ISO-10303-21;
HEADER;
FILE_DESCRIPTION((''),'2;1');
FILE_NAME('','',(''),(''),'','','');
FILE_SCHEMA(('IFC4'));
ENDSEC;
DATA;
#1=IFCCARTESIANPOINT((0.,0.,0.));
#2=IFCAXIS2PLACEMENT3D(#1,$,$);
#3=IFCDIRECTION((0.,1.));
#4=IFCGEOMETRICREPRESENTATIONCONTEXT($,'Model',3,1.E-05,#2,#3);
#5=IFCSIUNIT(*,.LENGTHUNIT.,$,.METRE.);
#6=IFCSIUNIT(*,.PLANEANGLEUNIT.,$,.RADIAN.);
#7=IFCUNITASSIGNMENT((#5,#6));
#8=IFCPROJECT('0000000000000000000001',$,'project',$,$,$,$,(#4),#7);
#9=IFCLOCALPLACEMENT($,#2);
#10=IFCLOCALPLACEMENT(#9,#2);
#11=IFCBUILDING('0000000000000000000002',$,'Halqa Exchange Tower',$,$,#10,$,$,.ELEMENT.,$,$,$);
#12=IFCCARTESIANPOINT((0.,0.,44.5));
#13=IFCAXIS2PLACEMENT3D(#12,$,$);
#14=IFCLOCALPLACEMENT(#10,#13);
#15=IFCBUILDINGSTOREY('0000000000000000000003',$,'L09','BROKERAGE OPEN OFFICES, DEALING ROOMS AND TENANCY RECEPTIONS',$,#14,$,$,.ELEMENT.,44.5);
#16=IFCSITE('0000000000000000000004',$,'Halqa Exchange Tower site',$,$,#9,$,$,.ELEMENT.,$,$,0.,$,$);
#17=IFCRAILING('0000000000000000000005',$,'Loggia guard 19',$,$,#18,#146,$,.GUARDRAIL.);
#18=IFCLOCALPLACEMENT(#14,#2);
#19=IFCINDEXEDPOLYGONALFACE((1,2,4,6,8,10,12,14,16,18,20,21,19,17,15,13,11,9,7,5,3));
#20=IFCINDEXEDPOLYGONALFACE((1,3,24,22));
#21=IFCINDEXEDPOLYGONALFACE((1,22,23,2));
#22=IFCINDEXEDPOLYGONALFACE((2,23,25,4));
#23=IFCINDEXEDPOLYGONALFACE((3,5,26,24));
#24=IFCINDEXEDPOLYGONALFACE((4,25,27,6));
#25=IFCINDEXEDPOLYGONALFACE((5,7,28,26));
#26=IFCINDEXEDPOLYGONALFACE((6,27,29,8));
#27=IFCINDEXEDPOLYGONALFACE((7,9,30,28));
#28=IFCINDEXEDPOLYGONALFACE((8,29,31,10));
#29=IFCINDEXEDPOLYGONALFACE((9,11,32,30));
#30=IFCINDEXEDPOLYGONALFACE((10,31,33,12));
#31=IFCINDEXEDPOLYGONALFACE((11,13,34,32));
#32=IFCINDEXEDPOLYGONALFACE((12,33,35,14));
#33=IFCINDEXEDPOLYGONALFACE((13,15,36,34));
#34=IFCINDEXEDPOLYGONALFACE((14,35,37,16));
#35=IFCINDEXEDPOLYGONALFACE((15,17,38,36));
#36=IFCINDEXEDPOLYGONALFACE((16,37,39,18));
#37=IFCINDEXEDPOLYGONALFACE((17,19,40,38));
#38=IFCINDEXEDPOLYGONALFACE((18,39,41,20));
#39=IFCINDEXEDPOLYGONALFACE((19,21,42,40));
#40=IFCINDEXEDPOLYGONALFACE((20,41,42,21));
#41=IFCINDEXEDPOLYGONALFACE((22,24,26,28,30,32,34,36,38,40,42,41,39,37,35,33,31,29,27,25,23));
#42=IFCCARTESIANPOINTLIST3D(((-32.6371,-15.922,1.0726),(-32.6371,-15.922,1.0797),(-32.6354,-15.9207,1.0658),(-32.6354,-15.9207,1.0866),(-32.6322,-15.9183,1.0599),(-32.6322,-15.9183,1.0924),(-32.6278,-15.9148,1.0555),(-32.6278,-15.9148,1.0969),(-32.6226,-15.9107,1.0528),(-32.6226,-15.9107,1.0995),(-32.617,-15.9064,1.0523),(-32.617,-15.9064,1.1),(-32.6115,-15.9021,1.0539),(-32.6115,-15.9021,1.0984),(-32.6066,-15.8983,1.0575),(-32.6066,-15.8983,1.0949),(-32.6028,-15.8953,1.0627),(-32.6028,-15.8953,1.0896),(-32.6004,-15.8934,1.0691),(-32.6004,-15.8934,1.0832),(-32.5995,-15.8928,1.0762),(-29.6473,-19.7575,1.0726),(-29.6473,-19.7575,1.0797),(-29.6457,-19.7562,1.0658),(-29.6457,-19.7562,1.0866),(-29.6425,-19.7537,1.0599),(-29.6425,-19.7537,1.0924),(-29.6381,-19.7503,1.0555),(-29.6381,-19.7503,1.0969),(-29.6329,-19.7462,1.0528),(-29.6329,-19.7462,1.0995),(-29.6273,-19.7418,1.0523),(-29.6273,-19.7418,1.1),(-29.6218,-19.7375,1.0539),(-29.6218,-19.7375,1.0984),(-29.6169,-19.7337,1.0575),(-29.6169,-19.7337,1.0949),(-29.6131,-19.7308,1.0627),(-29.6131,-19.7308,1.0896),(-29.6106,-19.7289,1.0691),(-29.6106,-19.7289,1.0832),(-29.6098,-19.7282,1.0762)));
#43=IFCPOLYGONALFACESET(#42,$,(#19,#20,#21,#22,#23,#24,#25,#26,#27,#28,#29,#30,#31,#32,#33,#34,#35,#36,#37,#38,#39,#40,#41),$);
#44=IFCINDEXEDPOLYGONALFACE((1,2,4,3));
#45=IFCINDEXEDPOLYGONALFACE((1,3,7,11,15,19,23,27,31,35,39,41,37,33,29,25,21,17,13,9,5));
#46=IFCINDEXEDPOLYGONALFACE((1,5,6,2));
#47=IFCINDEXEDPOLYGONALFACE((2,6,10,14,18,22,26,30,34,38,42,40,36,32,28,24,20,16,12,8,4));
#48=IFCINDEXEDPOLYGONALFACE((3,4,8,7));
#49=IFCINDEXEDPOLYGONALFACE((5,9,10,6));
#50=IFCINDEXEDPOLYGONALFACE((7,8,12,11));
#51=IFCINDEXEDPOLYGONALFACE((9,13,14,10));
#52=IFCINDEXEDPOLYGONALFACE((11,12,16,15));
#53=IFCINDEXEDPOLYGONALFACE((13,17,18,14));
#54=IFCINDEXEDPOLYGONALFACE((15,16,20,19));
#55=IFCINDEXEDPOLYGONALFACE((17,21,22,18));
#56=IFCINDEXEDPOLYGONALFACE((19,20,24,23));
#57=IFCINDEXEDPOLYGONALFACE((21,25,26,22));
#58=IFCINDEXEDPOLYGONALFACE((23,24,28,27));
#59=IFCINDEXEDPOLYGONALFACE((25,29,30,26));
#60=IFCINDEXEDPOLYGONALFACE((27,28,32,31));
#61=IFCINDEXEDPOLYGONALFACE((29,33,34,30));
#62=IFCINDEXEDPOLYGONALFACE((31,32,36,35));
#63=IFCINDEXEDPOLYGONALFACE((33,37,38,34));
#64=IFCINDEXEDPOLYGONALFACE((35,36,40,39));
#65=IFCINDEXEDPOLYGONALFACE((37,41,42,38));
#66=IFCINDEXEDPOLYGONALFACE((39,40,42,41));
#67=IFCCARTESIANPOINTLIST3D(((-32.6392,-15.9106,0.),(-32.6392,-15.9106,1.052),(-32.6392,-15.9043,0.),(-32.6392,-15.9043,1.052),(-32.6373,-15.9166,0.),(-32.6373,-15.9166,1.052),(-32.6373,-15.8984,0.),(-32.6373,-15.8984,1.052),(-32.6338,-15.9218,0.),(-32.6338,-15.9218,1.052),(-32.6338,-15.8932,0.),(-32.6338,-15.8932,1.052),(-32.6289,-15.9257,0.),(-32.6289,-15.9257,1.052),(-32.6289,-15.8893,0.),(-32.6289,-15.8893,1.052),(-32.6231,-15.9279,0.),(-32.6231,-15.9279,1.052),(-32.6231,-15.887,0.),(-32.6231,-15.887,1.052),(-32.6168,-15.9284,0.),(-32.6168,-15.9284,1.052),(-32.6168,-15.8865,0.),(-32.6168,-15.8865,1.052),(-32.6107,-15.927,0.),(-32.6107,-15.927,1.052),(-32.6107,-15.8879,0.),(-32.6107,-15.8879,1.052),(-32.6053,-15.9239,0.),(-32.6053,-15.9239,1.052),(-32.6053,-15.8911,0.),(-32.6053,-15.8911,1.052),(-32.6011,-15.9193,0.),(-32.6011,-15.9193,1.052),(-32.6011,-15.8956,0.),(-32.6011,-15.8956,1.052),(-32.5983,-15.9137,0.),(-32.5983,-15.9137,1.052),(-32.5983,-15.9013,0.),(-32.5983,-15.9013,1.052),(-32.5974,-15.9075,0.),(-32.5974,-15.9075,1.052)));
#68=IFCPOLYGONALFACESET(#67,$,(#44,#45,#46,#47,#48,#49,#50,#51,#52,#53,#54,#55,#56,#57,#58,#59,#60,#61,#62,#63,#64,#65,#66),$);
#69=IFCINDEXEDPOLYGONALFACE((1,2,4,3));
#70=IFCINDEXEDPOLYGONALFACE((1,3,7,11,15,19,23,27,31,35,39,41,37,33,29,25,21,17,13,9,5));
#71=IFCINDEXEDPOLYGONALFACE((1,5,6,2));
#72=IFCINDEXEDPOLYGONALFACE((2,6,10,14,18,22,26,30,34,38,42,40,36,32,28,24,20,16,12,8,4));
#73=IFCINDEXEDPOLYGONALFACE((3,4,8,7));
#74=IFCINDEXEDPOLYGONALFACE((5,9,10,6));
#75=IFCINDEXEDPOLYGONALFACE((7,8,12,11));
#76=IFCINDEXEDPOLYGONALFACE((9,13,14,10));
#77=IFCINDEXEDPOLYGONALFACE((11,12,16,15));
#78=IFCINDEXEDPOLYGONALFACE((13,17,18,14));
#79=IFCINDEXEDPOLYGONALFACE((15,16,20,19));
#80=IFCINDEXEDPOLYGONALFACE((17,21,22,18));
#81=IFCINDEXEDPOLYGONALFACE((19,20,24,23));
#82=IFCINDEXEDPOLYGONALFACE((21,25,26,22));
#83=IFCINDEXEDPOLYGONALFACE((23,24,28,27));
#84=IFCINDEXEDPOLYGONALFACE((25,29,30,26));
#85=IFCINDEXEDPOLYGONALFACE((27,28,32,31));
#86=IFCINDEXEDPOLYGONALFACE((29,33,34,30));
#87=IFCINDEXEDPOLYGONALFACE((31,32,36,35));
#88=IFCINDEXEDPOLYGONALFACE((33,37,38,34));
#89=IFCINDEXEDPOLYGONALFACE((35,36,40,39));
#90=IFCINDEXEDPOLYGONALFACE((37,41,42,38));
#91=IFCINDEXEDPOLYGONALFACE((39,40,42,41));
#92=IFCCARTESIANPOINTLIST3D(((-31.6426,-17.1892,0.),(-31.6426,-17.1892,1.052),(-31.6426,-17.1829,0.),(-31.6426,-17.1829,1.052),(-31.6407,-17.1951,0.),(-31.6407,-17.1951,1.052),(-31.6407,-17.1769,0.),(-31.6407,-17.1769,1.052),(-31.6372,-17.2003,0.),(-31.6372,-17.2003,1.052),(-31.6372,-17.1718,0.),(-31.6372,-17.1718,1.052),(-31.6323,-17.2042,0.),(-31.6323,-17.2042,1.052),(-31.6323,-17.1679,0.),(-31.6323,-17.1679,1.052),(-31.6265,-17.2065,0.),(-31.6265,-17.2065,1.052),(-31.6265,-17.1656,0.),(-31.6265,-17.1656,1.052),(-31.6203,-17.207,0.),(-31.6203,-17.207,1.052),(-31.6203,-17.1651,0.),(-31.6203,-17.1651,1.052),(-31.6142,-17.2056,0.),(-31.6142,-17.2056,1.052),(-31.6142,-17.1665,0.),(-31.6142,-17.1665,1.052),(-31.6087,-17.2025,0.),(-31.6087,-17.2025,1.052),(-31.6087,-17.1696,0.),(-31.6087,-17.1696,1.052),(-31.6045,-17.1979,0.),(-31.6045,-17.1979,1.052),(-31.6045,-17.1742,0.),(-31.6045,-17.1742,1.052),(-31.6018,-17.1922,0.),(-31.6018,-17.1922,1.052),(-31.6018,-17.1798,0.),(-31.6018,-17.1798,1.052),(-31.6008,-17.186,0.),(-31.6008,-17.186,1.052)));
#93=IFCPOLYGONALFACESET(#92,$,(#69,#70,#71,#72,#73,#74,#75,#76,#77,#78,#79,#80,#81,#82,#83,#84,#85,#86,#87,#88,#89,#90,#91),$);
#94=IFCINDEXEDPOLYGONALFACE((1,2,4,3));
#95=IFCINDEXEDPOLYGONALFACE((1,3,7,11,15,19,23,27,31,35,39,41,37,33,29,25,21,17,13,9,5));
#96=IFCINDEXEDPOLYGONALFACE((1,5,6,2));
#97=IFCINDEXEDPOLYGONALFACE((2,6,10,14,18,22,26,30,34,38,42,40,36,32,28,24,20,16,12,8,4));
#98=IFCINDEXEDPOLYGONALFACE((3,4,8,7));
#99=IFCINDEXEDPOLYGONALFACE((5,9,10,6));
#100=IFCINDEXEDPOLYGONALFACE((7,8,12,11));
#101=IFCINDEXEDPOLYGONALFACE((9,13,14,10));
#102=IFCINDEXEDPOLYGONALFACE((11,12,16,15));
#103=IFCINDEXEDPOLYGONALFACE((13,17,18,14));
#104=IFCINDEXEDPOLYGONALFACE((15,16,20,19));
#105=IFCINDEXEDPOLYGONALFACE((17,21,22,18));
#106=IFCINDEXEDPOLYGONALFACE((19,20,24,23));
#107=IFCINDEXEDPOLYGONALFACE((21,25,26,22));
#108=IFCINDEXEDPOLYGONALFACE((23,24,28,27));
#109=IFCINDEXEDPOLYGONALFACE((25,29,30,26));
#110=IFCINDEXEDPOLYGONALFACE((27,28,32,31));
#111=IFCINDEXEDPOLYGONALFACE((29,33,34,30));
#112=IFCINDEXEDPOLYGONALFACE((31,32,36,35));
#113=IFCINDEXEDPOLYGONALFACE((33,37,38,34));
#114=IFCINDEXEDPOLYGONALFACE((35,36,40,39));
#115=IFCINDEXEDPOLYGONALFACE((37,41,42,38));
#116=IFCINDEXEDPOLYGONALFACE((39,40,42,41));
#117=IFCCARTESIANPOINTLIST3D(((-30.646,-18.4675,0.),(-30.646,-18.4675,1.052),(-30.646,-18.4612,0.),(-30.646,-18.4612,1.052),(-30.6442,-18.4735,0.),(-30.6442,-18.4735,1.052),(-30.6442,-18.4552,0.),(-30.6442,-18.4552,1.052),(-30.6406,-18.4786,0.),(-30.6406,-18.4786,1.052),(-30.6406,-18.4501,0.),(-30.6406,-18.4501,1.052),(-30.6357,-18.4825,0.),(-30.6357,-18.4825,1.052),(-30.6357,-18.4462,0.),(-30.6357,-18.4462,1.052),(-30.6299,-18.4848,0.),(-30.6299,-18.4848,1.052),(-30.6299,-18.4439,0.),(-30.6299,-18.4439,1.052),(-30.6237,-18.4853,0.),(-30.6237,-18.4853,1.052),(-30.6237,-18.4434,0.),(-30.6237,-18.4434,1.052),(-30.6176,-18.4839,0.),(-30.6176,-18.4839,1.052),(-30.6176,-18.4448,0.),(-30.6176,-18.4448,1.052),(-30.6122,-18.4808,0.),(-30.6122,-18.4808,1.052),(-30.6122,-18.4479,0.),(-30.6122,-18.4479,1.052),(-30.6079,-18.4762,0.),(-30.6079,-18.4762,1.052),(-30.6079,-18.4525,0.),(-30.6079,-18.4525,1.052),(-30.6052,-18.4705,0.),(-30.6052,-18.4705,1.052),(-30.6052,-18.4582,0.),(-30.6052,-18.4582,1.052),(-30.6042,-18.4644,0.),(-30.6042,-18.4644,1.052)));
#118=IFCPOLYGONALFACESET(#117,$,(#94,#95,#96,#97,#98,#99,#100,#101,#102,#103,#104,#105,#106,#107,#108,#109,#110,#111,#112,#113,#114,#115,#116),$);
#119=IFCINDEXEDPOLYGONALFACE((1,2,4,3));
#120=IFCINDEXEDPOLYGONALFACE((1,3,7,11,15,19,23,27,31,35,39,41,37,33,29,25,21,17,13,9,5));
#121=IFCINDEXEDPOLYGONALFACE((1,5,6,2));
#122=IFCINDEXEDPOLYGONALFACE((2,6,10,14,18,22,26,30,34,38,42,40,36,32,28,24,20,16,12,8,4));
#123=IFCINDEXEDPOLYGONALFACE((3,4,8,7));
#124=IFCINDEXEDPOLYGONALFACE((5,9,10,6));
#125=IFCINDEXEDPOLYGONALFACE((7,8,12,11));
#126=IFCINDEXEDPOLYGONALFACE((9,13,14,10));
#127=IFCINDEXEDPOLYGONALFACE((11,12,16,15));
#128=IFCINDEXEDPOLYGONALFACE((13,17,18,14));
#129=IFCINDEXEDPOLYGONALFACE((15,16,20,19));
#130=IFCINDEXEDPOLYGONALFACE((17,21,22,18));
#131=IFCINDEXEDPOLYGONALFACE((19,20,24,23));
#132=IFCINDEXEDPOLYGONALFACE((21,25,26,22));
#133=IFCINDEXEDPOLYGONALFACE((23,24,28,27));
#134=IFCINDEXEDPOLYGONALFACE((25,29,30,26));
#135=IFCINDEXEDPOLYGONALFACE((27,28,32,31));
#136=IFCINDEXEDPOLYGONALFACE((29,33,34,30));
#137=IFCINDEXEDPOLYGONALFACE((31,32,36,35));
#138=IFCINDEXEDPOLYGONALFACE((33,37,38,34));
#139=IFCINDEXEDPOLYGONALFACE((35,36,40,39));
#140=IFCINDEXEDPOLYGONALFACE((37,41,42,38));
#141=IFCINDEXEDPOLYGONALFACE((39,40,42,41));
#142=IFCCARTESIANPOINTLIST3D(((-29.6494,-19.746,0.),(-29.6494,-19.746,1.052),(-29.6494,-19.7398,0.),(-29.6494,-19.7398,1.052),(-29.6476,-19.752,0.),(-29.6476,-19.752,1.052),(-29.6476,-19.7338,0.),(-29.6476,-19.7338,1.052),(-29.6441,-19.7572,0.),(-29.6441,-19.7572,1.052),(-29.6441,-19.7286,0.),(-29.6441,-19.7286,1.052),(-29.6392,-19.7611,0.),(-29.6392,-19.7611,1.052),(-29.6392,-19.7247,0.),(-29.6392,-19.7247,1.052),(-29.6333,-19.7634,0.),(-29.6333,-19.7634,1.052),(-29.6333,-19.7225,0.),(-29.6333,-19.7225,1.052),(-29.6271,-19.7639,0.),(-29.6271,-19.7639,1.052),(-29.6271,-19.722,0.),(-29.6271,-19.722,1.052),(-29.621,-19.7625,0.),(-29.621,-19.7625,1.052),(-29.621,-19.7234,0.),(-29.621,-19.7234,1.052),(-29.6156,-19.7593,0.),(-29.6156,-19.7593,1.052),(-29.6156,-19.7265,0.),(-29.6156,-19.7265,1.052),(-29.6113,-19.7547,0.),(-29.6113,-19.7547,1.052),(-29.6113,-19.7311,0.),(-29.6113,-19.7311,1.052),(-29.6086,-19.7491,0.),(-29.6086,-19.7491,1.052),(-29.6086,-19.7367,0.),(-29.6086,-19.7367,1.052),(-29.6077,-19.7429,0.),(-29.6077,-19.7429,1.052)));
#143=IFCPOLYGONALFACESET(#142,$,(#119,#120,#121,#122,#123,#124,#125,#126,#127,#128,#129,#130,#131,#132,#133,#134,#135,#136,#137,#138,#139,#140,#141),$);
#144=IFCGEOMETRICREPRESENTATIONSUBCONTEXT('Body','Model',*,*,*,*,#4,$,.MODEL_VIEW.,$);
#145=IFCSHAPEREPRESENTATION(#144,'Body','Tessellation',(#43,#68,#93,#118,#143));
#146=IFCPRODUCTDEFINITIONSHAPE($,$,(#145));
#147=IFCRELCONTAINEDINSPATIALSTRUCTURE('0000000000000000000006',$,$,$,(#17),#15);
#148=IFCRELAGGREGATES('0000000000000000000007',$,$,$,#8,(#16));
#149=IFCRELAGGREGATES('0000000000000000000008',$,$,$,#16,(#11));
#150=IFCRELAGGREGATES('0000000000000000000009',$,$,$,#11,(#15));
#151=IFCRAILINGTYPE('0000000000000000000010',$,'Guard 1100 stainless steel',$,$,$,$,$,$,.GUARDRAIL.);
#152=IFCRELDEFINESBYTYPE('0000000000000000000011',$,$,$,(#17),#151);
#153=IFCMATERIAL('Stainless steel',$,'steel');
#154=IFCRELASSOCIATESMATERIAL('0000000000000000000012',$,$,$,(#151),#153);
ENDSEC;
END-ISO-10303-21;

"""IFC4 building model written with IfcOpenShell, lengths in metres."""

from ifc_helpers import new_model, si_unit, direction, frame, origin, origin_2d, place, context, subcontext, project, spatial, circle, extrude, material, type_object, element, save


model = new_model("IFC4")

# Units and contexts
model_context = context("Model", 3, precision=1e-05, world=origin(), true_north=direction((0.0, 1.0)))
body_context = subcontext(model_context, "Body", "Model", "MODEL_VIEW")
ifc_project = project(units=[si_unit("LENGTHUNIT", "METRE"), si_unit("PLANEANGLEUNIT", "RADIAN")], contexts=[model_context])

# Site, building, storey
site_placement = place(None, origin())
site = spatial("IfcSite", under=ifc_project, at=site_placement, Name="Halqa Exchange Tower site", CompositionType="ELEMENT", RefElevation=0.0)
building_placement = place(site_placement, origin())
building = spatial("IfcBuilding", under=site, at=building_placement, Name="Halqa Exchange Tower", CompositionType="ELEMENT")
storey_placement = place(building_placement, frame((0.0, 0.0, 44.5)))
storey = spatial("IfcBuildingStorey", under=building, at=storey_placement, Name="L09", Description="BROKERAGE OPEN OFFICES, DEALING ROOMS AND TENANCY RECEPTIONS", CompositionType="ELEMENT", Elevation=44.5)

# Railing
ifc_material_1 = material(Name="Stainless steel", Category="steel")
railing_type = type_object("IfcRailingType", Name="Guard 1100 stainless steel", PredefinedType="GUARDRAIL", material=ifc_material_1)
railing_1_placement = place(storey_placement, frame((-32.6184, -15.9075, 0.0)))
element("IfcRailing", 1, at=railing_1_placement, inside=storey, type_object=railing_type, Name="Loggia guard 19", PredefinedType="GUARDRAIL", context=body_context, shape_type="SweptSolid", body=[
    extrude(circle(Radius=0.0239, at=origin_2d()), frame((0.0, 0.0, 1.0762), z_axis=(0.614788, -0.788692, 0.0), x_axis=(0.788692, 0.614788, 0.0)), (0.0, 0.0, 1.0), 4.863),
    extrude(circle(Radius=0.021, at=origin_2d()), origin(), (0.0, 0.0, 1.0), 1.052),
    extrude(circle(Radius=0.021, at=origin_2d()), frame((0.9966, -1.2786, 0.0)), (0.0, 0.0, 1.0), 1.052),
    extrude(circle(Radius=0.021, at=origin_2d()), frame((1.9932, -2.5569, 0.0)), (0.0, 0.0, 1.0), 1.052),
    extrude(circle(Radius=0.021, at=origin_2d()), frame((2.9897, -3.8354, 0.0)), (0.0, 0.0, 1.0), 1.052),
])

save(model, "model.ifc")
